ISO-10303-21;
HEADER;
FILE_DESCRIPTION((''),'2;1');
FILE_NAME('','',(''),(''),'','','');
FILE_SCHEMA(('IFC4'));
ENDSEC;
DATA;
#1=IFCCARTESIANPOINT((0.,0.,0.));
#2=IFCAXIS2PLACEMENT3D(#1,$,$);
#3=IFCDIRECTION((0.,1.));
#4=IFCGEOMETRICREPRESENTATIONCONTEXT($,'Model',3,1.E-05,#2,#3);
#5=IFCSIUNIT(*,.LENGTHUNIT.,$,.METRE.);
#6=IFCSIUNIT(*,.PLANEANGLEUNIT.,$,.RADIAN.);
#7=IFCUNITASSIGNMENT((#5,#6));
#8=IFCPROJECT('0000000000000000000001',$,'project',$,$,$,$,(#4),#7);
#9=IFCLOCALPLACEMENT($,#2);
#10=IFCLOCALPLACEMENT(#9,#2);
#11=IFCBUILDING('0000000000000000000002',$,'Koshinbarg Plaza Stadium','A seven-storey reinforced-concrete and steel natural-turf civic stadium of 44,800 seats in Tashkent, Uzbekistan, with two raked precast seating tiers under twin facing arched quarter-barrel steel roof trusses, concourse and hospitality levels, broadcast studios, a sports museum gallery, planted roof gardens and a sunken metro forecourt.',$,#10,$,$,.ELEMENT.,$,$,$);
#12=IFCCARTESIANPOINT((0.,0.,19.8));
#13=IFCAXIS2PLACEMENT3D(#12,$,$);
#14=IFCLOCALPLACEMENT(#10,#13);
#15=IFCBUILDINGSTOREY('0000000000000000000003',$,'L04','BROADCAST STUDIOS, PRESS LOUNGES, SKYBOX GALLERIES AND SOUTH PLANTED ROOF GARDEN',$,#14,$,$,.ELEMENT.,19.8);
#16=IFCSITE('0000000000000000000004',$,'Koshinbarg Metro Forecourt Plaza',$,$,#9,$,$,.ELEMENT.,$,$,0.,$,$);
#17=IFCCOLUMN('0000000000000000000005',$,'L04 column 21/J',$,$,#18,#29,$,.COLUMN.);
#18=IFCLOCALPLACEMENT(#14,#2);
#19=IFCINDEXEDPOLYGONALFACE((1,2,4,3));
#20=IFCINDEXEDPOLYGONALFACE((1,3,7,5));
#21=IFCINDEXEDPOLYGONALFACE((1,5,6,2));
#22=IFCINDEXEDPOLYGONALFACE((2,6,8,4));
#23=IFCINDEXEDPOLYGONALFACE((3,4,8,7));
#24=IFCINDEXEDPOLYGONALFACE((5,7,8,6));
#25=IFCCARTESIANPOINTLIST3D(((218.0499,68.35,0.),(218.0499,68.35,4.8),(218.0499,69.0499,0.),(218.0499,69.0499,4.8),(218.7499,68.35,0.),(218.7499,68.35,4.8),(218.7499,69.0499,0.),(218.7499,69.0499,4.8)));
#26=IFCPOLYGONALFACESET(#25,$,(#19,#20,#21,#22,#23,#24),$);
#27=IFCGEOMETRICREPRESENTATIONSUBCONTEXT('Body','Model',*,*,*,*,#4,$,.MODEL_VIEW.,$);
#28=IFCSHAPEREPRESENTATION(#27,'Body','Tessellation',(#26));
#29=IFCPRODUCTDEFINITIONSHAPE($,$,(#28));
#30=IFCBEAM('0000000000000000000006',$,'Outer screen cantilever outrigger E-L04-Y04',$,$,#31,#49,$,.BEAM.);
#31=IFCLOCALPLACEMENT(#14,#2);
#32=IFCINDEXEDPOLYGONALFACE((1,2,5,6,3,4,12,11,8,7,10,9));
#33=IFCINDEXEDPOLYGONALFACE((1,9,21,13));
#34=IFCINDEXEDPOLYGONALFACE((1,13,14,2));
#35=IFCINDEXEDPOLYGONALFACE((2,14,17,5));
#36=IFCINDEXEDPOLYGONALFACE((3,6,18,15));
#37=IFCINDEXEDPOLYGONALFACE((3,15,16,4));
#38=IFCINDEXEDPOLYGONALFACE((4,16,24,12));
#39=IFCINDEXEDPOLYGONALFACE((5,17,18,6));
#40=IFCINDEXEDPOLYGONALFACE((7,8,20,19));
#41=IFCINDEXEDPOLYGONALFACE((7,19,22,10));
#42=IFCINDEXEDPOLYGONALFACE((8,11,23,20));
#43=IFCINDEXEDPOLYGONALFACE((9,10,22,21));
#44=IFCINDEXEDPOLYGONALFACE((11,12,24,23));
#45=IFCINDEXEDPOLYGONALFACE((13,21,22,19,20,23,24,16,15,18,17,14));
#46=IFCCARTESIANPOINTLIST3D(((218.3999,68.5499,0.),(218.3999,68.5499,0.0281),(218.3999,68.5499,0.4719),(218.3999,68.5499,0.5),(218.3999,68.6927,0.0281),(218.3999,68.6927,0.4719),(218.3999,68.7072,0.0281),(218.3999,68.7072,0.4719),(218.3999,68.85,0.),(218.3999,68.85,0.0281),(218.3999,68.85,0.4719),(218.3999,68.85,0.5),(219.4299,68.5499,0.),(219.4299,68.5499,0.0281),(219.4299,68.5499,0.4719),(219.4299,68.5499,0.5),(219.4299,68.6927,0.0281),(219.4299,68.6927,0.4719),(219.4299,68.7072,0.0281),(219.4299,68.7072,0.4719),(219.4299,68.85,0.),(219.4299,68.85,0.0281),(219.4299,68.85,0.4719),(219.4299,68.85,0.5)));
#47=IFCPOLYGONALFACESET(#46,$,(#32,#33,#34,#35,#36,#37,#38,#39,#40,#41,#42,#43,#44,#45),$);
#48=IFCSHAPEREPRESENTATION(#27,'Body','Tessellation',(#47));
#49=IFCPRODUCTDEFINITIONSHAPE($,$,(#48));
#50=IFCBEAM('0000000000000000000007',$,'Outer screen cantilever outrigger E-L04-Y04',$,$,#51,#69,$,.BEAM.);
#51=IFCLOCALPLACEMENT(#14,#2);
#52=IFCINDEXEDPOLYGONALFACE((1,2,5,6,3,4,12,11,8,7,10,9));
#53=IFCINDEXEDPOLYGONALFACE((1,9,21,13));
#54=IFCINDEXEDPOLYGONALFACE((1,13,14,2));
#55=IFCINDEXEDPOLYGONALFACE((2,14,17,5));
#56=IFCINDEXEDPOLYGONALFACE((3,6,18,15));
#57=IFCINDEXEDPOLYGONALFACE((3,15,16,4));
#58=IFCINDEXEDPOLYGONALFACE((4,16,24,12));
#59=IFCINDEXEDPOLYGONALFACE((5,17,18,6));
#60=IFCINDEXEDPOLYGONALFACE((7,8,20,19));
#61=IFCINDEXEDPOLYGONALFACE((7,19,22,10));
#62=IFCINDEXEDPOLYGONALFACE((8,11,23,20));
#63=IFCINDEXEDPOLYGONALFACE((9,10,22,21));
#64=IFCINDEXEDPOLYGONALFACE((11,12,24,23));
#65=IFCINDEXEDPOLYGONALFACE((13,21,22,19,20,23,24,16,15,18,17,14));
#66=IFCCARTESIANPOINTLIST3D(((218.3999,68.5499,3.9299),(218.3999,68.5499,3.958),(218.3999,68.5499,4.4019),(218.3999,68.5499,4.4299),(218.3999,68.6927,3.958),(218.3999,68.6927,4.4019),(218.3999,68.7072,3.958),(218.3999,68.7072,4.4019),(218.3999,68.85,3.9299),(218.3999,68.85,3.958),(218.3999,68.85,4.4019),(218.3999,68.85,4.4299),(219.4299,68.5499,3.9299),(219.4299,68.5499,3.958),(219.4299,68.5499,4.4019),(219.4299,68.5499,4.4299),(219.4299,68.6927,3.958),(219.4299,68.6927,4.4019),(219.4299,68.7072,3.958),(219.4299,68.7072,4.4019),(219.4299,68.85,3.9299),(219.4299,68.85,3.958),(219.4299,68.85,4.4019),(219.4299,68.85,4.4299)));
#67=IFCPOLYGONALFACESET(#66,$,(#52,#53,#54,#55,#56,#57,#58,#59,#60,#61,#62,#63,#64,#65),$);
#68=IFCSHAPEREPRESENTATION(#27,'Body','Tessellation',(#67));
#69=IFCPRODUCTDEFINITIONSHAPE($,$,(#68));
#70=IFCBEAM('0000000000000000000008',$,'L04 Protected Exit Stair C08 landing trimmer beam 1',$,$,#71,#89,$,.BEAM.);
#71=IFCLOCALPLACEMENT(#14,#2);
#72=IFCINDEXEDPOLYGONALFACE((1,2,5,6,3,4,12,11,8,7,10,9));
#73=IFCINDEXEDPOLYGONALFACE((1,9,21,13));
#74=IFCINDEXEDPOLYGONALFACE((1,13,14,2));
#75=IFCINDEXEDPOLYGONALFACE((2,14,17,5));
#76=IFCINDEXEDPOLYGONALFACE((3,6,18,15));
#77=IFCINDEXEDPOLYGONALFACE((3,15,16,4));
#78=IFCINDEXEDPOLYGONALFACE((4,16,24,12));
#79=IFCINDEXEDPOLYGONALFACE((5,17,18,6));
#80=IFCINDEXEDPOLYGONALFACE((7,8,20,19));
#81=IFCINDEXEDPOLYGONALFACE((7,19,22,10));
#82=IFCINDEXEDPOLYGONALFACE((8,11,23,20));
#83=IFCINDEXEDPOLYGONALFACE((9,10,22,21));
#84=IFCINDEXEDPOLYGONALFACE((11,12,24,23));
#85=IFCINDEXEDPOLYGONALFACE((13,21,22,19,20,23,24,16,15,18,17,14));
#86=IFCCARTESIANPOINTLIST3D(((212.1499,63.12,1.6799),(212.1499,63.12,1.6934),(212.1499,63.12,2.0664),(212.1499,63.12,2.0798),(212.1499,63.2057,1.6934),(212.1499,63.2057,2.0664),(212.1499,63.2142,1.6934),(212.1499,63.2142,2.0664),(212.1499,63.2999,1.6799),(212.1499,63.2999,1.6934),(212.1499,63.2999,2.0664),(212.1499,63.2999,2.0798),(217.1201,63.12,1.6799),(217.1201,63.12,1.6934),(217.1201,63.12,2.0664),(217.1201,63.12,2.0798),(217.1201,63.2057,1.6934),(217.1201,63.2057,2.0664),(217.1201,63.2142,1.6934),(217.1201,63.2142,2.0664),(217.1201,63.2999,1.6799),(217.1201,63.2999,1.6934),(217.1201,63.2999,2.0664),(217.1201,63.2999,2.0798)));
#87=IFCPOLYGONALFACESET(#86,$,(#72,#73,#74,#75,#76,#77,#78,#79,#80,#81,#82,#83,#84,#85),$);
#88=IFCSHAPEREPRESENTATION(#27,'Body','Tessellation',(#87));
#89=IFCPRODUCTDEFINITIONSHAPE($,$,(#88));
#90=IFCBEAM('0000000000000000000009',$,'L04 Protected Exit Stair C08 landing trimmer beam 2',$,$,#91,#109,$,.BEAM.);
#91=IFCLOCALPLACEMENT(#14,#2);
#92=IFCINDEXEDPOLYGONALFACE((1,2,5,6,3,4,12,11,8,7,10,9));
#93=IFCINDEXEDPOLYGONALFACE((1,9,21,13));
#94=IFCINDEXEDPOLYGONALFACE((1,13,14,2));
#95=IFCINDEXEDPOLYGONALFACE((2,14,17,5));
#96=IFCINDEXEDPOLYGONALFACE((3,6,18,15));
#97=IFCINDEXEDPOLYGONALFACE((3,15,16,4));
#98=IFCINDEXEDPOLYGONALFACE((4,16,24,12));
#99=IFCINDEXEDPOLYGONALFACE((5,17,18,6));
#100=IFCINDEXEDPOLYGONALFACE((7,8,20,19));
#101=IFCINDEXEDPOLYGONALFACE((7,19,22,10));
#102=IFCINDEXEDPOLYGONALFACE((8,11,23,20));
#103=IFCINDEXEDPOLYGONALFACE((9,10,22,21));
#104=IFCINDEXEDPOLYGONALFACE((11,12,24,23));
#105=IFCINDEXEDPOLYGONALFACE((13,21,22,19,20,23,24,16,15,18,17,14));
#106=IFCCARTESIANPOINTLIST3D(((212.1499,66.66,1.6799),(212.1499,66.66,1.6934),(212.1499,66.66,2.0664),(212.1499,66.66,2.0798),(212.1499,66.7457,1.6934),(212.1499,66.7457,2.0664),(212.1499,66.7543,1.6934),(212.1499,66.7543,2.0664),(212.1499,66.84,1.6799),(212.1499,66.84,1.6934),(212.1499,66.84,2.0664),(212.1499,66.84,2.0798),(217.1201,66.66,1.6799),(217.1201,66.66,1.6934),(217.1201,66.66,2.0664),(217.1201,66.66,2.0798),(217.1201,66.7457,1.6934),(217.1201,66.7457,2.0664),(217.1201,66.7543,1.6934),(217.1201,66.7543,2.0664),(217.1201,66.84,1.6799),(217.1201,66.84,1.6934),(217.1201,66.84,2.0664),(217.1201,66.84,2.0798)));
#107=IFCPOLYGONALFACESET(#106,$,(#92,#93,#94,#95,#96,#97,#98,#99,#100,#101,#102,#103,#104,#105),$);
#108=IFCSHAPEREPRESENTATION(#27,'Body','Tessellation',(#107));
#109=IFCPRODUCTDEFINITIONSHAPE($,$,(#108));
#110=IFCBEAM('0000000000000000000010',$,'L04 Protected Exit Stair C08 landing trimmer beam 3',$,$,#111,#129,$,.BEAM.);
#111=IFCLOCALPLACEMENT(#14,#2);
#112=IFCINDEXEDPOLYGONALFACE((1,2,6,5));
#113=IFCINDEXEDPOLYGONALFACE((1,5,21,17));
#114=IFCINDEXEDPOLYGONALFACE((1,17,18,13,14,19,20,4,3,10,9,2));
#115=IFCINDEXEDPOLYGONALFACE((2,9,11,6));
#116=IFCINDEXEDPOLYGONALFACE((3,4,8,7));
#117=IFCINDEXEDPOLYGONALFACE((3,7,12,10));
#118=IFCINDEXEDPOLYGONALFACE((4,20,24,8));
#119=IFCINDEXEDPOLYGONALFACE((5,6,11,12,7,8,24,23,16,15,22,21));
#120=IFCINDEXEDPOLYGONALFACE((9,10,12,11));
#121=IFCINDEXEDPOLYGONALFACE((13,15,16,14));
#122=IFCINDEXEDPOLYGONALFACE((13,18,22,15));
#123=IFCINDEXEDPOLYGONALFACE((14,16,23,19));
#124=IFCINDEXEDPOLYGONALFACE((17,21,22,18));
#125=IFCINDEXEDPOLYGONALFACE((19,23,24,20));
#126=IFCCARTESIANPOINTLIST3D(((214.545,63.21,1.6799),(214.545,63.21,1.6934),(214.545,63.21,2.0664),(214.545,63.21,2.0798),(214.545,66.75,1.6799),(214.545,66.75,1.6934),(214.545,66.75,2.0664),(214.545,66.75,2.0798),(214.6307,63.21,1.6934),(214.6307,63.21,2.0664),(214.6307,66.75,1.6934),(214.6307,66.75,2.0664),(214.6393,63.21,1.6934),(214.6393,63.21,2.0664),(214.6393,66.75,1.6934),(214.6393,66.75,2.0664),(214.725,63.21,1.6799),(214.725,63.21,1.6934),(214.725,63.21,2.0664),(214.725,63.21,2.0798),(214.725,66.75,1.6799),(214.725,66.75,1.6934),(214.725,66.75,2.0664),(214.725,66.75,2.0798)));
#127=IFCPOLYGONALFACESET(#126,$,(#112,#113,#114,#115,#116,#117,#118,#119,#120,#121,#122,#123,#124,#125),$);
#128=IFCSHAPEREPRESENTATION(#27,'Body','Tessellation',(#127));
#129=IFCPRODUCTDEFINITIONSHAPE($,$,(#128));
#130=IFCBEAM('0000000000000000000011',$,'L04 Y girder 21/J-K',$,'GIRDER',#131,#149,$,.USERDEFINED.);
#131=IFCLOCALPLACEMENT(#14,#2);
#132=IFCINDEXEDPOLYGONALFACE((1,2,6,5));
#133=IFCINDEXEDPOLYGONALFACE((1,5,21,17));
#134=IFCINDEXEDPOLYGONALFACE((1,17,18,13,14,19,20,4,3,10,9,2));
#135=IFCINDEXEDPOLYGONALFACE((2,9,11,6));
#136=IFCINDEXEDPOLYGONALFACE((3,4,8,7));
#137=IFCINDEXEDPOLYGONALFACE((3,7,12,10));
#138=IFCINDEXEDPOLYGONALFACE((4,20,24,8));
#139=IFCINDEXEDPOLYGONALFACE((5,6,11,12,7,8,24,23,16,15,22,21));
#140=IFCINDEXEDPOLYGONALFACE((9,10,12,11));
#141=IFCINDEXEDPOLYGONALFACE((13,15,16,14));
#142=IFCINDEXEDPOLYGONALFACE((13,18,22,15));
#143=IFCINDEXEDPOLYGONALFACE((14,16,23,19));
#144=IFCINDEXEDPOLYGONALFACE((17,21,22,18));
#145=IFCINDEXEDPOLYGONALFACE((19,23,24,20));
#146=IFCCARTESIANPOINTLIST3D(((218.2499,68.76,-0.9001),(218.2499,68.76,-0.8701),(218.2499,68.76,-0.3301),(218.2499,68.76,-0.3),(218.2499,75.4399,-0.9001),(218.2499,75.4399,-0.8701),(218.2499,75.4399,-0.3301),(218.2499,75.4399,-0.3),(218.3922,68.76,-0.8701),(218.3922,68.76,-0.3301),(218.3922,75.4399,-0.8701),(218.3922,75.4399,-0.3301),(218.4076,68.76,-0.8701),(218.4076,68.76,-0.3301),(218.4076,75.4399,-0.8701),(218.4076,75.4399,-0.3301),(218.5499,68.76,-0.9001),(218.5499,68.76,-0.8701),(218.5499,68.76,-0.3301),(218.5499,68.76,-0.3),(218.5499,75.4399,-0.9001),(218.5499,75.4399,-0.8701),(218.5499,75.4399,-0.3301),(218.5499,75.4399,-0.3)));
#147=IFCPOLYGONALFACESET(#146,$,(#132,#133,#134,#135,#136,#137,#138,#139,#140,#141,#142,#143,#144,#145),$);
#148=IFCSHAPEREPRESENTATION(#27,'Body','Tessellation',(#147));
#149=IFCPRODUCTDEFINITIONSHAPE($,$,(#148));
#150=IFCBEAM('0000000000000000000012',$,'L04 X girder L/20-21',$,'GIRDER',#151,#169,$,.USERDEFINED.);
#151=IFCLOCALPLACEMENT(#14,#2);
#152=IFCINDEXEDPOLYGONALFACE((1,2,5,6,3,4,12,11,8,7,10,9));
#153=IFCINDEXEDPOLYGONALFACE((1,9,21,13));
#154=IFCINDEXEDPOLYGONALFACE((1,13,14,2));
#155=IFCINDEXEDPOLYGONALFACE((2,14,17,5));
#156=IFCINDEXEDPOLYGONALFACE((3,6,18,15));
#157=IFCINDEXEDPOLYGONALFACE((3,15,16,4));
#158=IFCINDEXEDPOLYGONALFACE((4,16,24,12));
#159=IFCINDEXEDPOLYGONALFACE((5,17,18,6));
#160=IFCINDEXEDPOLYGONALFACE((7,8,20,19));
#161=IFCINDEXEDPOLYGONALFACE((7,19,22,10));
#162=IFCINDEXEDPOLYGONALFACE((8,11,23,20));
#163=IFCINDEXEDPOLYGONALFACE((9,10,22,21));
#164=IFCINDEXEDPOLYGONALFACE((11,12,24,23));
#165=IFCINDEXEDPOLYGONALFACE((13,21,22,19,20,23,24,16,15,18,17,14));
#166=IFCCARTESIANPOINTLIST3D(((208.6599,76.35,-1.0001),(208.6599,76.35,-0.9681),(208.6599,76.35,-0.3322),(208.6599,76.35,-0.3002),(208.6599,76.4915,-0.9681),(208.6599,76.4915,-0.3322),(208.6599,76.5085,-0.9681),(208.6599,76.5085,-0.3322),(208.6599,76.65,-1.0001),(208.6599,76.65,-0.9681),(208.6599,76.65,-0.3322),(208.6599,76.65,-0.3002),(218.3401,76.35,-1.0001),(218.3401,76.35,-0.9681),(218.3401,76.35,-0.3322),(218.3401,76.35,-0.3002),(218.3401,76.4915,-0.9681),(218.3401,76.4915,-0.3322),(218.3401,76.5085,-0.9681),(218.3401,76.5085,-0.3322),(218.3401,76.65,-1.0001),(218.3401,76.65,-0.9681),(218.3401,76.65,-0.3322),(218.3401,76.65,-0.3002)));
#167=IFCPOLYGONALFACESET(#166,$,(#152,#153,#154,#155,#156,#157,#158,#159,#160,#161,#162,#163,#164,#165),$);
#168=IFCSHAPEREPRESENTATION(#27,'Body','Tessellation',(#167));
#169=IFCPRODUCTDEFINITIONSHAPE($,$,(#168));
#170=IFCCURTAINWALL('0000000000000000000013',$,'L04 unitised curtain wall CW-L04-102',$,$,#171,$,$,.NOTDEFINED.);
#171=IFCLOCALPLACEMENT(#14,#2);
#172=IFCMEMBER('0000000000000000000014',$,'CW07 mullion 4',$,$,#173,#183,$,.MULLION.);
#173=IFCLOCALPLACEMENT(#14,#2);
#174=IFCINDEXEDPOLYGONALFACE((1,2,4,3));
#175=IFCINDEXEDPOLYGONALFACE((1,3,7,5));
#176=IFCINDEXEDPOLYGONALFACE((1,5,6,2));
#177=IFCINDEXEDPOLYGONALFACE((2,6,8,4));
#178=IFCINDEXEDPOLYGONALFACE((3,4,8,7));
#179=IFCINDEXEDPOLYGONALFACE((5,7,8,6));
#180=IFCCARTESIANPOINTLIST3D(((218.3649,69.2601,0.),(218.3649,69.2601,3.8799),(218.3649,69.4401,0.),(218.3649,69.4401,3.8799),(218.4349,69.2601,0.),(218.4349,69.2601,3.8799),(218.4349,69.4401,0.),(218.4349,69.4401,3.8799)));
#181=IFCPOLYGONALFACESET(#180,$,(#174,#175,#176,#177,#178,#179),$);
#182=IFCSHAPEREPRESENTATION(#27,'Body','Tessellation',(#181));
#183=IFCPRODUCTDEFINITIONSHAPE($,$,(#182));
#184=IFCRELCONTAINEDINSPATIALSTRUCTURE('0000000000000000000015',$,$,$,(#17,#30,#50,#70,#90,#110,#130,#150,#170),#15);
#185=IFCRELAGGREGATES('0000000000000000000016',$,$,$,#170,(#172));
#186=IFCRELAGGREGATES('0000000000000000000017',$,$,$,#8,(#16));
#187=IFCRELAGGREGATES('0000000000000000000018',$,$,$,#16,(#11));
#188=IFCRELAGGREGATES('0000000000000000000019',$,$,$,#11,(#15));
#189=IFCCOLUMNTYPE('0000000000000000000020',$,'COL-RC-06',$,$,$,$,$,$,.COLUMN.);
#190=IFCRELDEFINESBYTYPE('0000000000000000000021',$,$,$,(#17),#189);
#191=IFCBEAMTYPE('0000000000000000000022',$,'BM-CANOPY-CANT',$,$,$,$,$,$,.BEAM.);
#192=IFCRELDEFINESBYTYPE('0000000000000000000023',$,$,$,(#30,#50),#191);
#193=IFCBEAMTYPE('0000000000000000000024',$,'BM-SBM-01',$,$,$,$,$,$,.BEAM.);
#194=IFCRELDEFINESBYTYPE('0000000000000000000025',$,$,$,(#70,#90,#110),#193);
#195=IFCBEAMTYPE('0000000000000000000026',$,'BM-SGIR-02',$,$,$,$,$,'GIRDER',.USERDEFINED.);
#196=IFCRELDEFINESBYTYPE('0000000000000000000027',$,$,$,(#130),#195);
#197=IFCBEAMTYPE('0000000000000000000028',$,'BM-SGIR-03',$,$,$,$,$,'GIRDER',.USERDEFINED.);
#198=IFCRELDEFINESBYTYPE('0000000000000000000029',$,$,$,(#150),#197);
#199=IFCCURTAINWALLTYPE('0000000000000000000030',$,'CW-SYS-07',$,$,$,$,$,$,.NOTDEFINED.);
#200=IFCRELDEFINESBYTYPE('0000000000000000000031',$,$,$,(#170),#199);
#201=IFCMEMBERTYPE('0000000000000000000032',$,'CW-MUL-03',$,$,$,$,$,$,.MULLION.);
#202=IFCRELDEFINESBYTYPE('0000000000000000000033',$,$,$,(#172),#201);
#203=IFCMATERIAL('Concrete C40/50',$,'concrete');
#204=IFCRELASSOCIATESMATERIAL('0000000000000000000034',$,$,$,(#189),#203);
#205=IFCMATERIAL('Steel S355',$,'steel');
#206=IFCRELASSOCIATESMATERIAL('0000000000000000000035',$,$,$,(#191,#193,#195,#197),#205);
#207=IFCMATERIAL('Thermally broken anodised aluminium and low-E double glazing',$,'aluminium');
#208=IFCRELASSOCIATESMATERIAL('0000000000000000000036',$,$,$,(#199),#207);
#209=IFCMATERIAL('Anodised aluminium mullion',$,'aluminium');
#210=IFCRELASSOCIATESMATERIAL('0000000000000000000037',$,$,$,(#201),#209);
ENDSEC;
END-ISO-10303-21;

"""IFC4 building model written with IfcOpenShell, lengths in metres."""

from ifc_helpers import new_model, si_unit, direction, frame, origin, origin_2d, place, context, subcontext, project, spatial, rectangle, i_section, extrude, material, material_profile, profile_set, type_object, element, aggregate, save


model = new_model("IFC4")

# Units and contexts
model_context = context("Model", 3, precision=1e-05, world=origin(), true_north=direction((0.0, 1.0)))
body_context = subcontext(model_context, "Body", "Model", "MODEL_VIEW")
ifc_project = project(units=[si_unit("LENGTHUNIT", "METRE"), si_unit("PLANEANGLEUNIT", "RADIAN")], contexts=[model_context])

# Site, building, storey
site_placement = place(None, origin())
site = spatial("IfcSite", under=ifc_project, at=site_placement, Name="Koshinbarg Metro Forecourt Plaza", CompositionType="ELEMENT", RefElevation=0.0)
building_placement = place(site_placement, origin())
building = spatial("IfcBuilding", under=site, at=building_placement, Name="Koshinbarg Plaza Stadium", Description="A seven-storey reinforced-concrete and steel natural-turf civic stadium of 44,800 seats in Tashkent, Uzbekistan, with two raked precast seating tiers under twin facing arched quarter-barrel steel roof trusses, concourse and hospitality levels, broadcast studios, a sports museum gallery, planted roof gardens and a sunken metro forecourt.", CompositionType="ELEMENT")
storey_placement = place(building_placement, frame((0.0, 0.0, 19.8)))
storey = spatial("IfcBuildingStorey", under=building, at=storey_placement, Name="L04", Description="BROADCAST STUDIOS, PRESS LOUNGES, SKYBOX GALLERIES AND SOUTH PLANTED ROOF GARDEN", CompositionType="ELEMENT", Elevation=19.8)

# Column
ifc_material_1 = material(Name="Concrete C40/50", Category="concrete")
ifc_material_profile_1 = material_profile(ifc_material_1, rectangle(XDim=0.7, YDim=0.7, at=origin_2d()), Name="RC 700x700")
ifc_profile_set_1 = profile_set([ifc_material_profile_1], Name="Concrete C40/50")
column_type = type_object("IfcColumnType", Name="COL-RC-06", PredefinedType="COLUMN", material=ifc_profile_set_1)
column_placement = place(storey_placement, frame((218.3999, 68.7, 0.0), z_axis=(0.0, 0.0, 1.0), x_axis=(1.0, 0.0, 0.0)))
element("IfcColumn", 1, at=column_placement, inside=storey, type_object=column_type, Name="L04 column 21/J", PredefinedType="COLUMN", context=body_context, shape_type="SweptSolid", body=[
    extrude(rectangle(XDim=0.7, YDim=0.7, at=origin_2d()), origin(), (0.0, 0.0, 1.0), 4.8),
])

# Beams
ifc_material_2 = material(Name="Steel S355", Category="steel")
ifc_material_profile_2 = material_profile(ifc_material_2, i_section(OverallWidth=0.3, OverallDepth=0.5, WebThickness=0.0144, FlangeThickness=0.0281, at=origin_2d()), Name="HEB 500")
ifc_profile_set_2 = profile_set([ifc_material_profile_2], Name="Steel S355")
beam_type_1 = type_object("IfcBeamType", Name="BM-CANOPY-CANT", PredefinedType="BEAM", material=ifc_profile_set_2)
for number, where, z_axis, x_axis, name in (
    (2, (218.3999, 68.7, 0.25), (1.0, 0.0, 0.0), (0.0, 1.0, 0.0), "Outer screen cantilever outrigger E-L04-Y04"),
    (3, (218.3999, 68.7, 4.1799), (1.0, 0.0, 0.0), (0.0, 1.0, 0.0), "Outer screen cantilever outrigger E-L04-Y04"),
):
    element("IfcBeam", number, at=place(storey_placement, frame(where, z_axis=z_axis, x_axis=x_axis)), inside=storey, type_object=beam_type_1, Name=name, PredefinedType="BEAM", context=body_context, shape_type="SweptSolid", body=[
        extrude(i_section(OverallWidth=0.3, OverallDepth=0.5, WebThickness=0.0144, FlangeThickness=0.0281, at=origin_2d()), origin(), (0.0, 0.0, 1.0), 1.03),
    ])
ifc_material_profile_3 = material_profile(ifc_material_2, i_section(OverallWidth=0.1799, OverallDepth=0.3999, WebThickness=0.0085, FlangeThickness=0.0134, at=origin_2d()), Name="IPE 400")
ifc_profile_set_3 = profile_set([ifc_material_profile_3], Name="Steel S355")
beam_type_2 = type_object("IfcBeamType", Name="BM-SBM-01", PredefinedType="BEAM", material=ifc_profile_set_3)
for number, where, z_axis, x_axis, name in (
    (4, (212.1499, 63.21, 1.8799), (1.0, 0.0, 0.0), (0.0, 1.0, 0.0), "L04 Protected Exit Stair C08 landing trimmer beam 1"),
    (5, (212.1499, 66.75, 1.8799), (1.0, 0.0, 0.0), (0.0, 1.0, 0.0), "L04 Protected Exit Stair C08 landing trimmer beam 2"),
):
    element("IfcBeam", number, at=place(storey_placement, frame(where, z_axis=z_axis, x_axis=x_axis)), inside=storey, type_object=beam_type_2, Name=name, PredefinedType="BEAM", context=body_context, shape_type="SweptSolid", body=[
        extrude(i_section(OverallWidth=0.1799, OverallDepth=0.3999, WebThickness=0.0085, FlangeThickness=0.0134, at=origin_2d()), origin(), (0.0, 0.0, 1.0), 4.9702),
    ])
beam_1_placement = place(storey_placement, frame((214.635, 63.21, 1.8799), z_axis=(0.0, 1.0, 0.0), x_axis=(-1.0, 0.0, 0.0)))
element("IfcBeam", 6, at=beam_1_placement, inside=storey, type_object=beam_type_2, Name="L04 Protected Exit Stair C08 landing trimmer beam 3", PredefinedType="BEAM", context=body_context, shape_type="SweptSolid", body=[
    extrude(i_section(OverallWidth=0.1799, OverallDepth=0.3999, WebThickness=0.0085, FlangeThickness=0.0134, at=origin_2d()), origin(), (0.0, 0.0, 1.0), 3.54),
])
ifc_material_profile_4 = material_profile(ifc_material_2, i_section(OverallWidth=0.3, OverallDepth=0.6001, WebThickness=0.0154, FlangeThickness=0.03, at=origin_2d()), Name="HEB 600")
ifc_profile_set_4 = profile_set([ifc_material_profile_4], Name="Steel S355")
beam_type_3 = type_object("IfcBeamType", Name="BM-SGIR-02", ElementType="GIRDER", PredefinedType="USERDEFINED", material=ifc_profile_set_4)
beam_2_placement = place(storey_placement, frame((218.3999, 68.76, -0.6001), z_axis=(0.0, 1.0, 0.0), x_axis=(-1.0, 0.0, 0.0)))
element("IfcBeam", 7, at=beam_2_placement, inside=storey, type_object=beam_type_3, Name="L04 Y girder 21/J-K", ObjectType="GIRDER", PredefinedType="USERDEFINED", context=body_context, shape_type="SweptSolid", body=[
    extrude(i_section(OverallWidth=0.3, OverallDepth=0.6001, WebThickness=0.0154, FlangeThickness=0.03, at=origin_2d()), origin(), (0.0, 0.0, 1.0), 6.6799),
])
ifc_material_profile_5 = material_profile(ifc_material_2, i_section(OverallWidth=0.3, OverallDepth=0.7, WebThickness=0.0171, FlangeThickness=0.032, at=origin_2d()), Name="HEB 700")
ifc_profile_set_5 = profile_set([ifc_material_profile_5], Name="Steel S355")
beam_type_4 = type_object("IfcBeamType", Name="BM-SGIR-03", ElementType="GIRDER", PredefinedType="USERDEFINED", material=ifc_profile_set_5)
beam_3_placement = place(storey_placement, frame((208.6599, 76.5, -0.6501), z_axis=(1.0, 0.0, 0.0), x_axis=(0.0, 1.0, 0.0)))
element("IfcBeam", 8, at=beam_3_placement, inside=storey, type_object=beam_type_4, Name="L04 X girder L/20-21", ObjectType="GIRDER", PredefinedType="USERDEFINED", context=body_context, shape_type="SweptSolid", body=[
    extrude(i_section(OverallWidth=0.3, OverallDepth=0.7, WebThickness=0.0171, FlangeThickness=0.032, at=origin_2d()), origin(), (0.0, 0.0, 1.0), 9.6802),
])

# Curtain wall, member
ifc_material_3 = material(Name="Thermally broken anodised aluminium and low-E double glazing", Category="aluminium")
curtain_wall_type = type_object("IfcCurtainWallType", Name="CW-SYS-07", PredefinedType="NOTDEFINED", material=ifc_material_3)
curtain_wall_placement = place(storey_placement, origin())
curtain_wall = element("IfcCurtainWall", 9, at=curtain_wall_placement, inside=storey, type_object=curtain_wall_type, Name="L04 unitised curtain wall CW-L04-102", PredefinedType="NOTDEFINED")
ifc_material_4 = material(Name="Anodised aluminium mullion", Category="aluminium")
ifc_material_profile_6 = material_profile(ifc_material_4, rectangle(XDim=0.0701, YDim=0.1799, at=origin_2d()), Name="ALU 70x180")
ifc_profile_set_6 = profile_set([ifc_material_profile_6], Name="Anodised aluminium mullion")
member_type_1 = type_object("IfcMemberType", Name="CW-MUL-03", PredefinedType="MULLION", material=ifc_profile_set_6)
member_1_placement = place(storey_placement, frame((218.3999, 69.3501, 0.0), z_axis=(0.0, 0.0, 1.0), x_axis=(1.0, 0.0, 0.0)))
member_1 = element("IfcMember", 10, at=member_1_placement, type_object=member_type_1, Name="CW07 mullion 4", PredefinedType="MULLION", context=body_context, shape_type="SweptSolid", body=[
    extrude(rectangle(XDim=0.0701, YDim=0.1799, at=origin_2d()), origin(), (0.0, 0.0, 1.0), 3.8799),
])
aggregate(curtain_wall, [member_1])

save(model, "model.ifc")
